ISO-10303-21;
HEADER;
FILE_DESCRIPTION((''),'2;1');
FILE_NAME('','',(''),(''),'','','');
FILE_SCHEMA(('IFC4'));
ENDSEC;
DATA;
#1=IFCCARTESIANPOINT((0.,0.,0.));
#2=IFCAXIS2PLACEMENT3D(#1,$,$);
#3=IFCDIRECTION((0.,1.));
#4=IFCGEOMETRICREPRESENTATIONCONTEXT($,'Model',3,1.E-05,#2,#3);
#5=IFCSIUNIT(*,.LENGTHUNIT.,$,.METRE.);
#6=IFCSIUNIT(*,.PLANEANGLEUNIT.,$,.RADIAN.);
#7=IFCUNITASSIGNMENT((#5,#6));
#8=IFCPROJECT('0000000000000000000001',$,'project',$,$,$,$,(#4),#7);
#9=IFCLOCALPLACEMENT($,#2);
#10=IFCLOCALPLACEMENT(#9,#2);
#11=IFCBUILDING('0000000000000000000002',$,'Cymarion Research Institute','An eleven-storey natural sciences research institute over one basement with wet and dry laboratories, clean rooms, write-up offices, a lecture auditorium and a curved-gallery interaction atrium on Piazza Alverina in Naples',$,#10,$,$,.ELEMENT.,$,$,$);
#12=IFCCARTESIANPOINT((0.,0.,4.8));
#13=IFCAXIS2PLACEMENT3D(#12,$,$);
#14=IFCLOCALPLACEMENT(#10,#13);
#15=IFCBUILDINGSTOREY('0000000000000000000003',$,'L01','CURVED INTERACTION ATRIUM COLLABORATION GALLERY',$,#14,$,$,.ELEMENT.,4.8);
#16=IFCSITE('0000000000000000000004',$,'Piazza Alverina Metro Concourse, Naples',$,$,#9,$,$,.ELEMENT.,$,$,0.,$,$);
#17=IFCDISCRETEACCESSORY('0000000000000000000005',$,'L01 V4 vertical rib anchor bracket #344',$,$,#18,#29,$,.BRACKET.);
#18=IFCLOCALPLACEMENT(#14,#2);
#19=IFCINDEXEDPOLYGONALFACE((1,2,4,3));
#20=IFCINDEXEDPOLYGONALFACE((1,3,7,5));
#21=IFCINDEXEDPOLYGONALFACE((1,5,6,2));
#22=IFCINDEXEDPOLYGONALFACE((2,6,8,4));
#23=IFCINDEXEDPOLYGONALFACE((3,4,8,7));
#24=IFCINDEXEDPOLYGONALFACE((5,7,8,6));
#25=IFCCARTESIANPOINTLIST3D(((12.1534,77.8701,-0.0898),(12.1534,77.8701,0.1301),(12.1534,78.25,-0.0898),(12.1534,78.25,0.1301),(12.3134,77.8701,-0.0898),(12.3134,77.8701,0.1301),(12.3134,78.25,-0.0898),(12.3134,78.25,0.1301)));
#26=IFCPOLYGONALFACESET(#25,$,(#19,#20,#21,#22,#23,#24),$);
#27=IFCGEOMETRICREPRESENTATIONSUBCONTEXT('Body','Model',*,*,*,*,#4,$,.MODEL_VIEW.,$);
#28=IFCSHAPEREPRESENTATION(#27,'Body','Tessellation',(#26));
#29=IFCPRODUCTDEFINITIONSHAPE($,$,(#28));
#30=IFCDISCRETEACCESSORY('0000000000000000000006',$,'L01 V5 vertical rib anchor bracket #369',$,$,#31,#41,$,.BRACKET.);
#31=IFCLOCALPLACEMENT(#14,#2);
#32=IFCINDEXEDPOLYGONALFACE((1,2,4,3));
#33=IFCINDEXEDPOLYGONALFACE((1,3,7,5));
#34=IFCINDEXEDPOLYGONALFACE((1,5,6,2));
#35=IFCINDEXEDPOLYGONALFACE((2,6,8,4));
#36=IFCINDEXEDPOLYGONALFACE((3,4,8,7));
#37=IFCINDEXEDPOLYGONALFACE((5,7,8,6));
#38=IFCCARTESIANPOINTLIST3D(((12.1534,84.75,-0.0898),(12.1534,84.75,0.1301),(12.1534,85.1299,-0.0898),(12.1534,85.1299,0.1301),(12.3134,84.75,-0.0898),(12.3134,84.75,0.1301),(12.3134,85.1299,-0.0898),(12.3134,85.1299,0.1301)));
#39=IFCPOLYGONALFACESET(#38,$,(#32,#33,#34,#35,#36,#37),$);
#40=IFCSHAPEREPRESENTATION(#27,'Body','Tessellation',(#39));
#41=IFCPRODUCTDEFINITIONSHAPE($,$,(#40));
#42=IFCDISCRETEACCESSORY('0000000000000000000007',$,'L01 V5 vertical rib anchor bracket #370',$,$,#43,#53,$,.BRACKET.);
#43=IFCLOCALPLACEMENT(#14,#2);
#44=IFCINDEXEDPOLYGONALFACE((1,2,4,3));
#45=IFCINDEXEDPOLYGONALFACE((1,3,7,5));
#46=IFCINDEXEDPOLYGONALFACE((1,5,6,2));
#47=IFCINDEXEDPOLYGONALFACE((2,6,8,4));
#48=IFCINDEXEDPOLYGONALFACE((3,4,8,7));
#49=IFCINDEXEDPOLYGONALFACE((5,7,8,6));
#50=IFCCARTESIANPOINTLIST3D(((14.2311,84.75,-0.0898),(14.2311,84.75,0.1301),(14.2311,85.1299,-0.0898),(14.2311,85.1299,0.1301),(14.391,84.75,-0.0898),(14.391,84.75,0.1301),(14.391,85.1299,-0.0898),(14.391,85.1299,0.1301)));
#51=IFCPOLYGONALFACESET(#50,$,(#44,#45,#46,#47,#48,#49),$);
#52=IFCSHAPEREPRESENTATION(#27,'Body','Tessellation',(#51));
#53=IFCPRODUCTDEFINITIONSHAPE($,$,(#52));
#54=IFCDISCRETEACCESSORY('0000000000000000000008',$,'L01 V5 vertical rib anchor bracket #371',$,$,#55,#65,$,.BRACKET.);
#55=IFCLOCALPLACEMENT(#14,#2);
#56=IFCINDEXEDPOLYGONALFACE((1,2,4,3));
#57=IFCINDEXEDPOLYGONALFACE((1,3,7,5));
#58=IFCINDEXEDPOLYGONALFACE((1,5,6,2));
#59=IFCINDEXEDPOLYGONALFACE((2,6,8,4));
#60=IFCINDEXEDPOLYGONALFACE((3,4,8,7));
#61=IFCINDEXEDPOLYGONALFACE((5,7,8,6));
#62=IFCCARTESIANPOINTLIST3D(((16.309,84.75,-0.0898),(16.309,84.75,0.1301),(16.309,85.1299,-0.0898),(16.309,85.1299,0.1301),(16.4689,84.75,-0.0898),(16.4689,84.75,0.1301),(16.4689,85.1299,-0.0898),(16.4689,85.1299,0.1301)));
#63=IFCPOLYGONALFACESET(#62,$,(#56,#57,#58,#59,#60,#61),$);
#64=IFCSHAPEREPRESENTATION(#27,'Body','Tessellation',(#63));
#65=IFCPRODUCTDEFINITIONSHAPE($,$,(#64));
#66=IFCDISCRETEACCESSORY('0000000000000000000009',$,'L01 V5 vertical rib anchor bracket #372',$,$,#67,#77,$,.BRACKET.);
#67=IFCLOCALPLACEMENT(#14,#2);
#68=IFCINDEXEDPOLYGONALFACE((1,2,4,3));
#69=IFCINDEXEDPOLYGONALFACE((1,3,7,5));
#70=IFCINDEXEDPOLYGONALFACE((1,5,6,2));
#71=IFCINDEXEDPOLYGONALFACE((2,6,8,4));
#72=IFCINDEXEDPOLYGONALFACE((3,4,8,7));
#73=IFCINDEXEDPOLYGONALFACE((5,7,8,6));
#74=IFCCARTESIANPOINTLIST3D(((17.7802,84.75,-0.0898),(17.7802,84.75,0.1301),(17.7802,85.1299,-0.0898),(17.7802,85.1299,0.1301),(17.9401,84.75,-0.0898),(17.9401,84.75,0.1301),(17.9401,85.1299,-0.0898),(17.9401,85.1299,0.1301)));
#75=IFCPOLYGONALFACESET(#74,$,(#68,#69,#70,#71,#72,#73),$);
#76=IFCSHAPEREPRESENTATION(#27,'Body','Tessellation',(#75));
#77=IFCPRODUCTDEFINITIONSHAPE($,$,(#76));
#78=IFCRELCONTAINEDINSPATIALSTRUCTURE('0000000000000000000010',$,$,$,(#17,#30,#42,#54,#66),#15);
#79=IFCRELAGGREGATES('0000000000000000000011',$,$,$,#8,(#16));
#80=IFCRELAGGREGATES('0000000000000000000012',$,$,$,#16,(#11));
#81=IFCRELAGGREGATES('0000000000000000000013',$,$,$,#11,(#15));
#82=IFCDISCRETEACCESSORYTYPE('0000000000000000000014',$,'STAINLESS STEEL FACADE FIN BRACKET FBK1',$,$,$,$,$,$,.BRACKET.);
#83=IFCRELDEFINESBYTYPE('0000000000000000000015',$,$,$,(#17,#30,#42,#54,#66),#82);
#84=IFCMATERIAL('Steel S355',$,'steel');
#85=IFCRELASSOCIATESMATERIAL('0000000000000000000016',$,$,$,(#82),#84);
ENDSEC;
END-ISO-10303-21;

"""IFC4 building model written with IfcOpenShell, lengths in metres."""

from ifc_helpers import new_model, si_unit, direction, frame, origin, origin_2d, place, context, subcontext, project, spatial, rectangle, extrude, material, type_object, element, save


model = new_model("IFC4")

# Units and contexts
model_context = context("Model", 3, precision=1e-05, world=origin(), true_north=direction((0.0, 1.0)))
body_context = subcontext(model_context, "Body", "Model", "MODEL_VIEW")
ifc_project = project(units=[si_unit("LENGTHUNIT", "METRE"), si_unit("PLANEANGLEUNIT", "RADIAN")], contexts=[model_context])

# Site, building, storey
site_placement = place(None, origin())
site = spatial("IfcSite", under=ifc_project, at=site_placement, Name="Piazza Alverina Metro Concourse, Naples", CompositionType="ELEMENT", RefElevation=0.0)
building_placement = place(site_placement, origin())
building = spatial("IfcBuilding", under=site, at=building_placement, Name="Cymarion Research Institute", Description="An eleven-storey natural sciences research institute over one basement with wet and dry laboratories, clean rooms, write-up offices, a lecture auditorium and a curved-gallery interaction atrium on Piazza Alverina in Naples", CompositionType="ELEMENT")
storey_placement = place(building_placement, frame((0.0, 0.0, 4.8)))
storey = spatial("IfcBuildingStorey", under=building, at=storey_placement, Name="L01", Description="CURVED INTERACTION ATRIUM COLLABORATION GALLERY", CompositionType="ELEMENT", Elevation=4.8)

# Shared definitions
ifc_material_1 = material(Name="Steel S355", Category="steel")

# Discrete accessories
discrete_accessory_type = type_object("IfcDiscreteAccessoryType", Name="STAINLESS STEEL FACADE FIN BRACKET FBK1", PredefinedType="BRACKET", material=ifc_material_1)
for number, where, z_axis, x_axis, name in (
    (1, (12.2334, 78.0601, -0.0898), (0.0, 0.0, 1.0), (0.0, 1.0, 0.0), "L01 V4 vertical rib anchor bracket #344"),
    (2, (12.2334, 84.9399, -0.0898), (0.0, 0.0, 1.0), (0.0, -1.0, 0.0), "L01 V5 vertical rib anchor bracket #369"),
    (3, (14.311, 84.9399, -0.0898), (0.0, 0.0, 1.0), (0.0, -1.0, 0.0), "L01 V5 vertical rib anchor bracket #370"),
    (4, (16.3889, 84.9399, -0.0898), (0.0, 0.0, 1.0), (0.0, -1.0, 0.0), "L01 V5 vertical rib anchor bracket #371"),
    (5, (17.8601, 84.9399, -0.0898), (0.0, 0.0, 1.0), (0.0, -1.0, 0.0), "L01 V5 vertical rib anchor bracket #372"),
):
    element("IfcDiscreteAccessory", number, at=place(storey_placement, frame(where, z_axis=z_axis, x_axis=x_axis)), inside=storey, type_object=discrete_accessory_type, Name=name, PredefinedType="BRACKET", context=body_context, shape_type="SweptSolid", body=[
        extrude(rectangle(XDim=0.3799, YDim=0.1599, at=origin_2d()), origin(), (0.0, 0.0, 1.0), 0.22),
    ])

save(model, "model.ifc")
